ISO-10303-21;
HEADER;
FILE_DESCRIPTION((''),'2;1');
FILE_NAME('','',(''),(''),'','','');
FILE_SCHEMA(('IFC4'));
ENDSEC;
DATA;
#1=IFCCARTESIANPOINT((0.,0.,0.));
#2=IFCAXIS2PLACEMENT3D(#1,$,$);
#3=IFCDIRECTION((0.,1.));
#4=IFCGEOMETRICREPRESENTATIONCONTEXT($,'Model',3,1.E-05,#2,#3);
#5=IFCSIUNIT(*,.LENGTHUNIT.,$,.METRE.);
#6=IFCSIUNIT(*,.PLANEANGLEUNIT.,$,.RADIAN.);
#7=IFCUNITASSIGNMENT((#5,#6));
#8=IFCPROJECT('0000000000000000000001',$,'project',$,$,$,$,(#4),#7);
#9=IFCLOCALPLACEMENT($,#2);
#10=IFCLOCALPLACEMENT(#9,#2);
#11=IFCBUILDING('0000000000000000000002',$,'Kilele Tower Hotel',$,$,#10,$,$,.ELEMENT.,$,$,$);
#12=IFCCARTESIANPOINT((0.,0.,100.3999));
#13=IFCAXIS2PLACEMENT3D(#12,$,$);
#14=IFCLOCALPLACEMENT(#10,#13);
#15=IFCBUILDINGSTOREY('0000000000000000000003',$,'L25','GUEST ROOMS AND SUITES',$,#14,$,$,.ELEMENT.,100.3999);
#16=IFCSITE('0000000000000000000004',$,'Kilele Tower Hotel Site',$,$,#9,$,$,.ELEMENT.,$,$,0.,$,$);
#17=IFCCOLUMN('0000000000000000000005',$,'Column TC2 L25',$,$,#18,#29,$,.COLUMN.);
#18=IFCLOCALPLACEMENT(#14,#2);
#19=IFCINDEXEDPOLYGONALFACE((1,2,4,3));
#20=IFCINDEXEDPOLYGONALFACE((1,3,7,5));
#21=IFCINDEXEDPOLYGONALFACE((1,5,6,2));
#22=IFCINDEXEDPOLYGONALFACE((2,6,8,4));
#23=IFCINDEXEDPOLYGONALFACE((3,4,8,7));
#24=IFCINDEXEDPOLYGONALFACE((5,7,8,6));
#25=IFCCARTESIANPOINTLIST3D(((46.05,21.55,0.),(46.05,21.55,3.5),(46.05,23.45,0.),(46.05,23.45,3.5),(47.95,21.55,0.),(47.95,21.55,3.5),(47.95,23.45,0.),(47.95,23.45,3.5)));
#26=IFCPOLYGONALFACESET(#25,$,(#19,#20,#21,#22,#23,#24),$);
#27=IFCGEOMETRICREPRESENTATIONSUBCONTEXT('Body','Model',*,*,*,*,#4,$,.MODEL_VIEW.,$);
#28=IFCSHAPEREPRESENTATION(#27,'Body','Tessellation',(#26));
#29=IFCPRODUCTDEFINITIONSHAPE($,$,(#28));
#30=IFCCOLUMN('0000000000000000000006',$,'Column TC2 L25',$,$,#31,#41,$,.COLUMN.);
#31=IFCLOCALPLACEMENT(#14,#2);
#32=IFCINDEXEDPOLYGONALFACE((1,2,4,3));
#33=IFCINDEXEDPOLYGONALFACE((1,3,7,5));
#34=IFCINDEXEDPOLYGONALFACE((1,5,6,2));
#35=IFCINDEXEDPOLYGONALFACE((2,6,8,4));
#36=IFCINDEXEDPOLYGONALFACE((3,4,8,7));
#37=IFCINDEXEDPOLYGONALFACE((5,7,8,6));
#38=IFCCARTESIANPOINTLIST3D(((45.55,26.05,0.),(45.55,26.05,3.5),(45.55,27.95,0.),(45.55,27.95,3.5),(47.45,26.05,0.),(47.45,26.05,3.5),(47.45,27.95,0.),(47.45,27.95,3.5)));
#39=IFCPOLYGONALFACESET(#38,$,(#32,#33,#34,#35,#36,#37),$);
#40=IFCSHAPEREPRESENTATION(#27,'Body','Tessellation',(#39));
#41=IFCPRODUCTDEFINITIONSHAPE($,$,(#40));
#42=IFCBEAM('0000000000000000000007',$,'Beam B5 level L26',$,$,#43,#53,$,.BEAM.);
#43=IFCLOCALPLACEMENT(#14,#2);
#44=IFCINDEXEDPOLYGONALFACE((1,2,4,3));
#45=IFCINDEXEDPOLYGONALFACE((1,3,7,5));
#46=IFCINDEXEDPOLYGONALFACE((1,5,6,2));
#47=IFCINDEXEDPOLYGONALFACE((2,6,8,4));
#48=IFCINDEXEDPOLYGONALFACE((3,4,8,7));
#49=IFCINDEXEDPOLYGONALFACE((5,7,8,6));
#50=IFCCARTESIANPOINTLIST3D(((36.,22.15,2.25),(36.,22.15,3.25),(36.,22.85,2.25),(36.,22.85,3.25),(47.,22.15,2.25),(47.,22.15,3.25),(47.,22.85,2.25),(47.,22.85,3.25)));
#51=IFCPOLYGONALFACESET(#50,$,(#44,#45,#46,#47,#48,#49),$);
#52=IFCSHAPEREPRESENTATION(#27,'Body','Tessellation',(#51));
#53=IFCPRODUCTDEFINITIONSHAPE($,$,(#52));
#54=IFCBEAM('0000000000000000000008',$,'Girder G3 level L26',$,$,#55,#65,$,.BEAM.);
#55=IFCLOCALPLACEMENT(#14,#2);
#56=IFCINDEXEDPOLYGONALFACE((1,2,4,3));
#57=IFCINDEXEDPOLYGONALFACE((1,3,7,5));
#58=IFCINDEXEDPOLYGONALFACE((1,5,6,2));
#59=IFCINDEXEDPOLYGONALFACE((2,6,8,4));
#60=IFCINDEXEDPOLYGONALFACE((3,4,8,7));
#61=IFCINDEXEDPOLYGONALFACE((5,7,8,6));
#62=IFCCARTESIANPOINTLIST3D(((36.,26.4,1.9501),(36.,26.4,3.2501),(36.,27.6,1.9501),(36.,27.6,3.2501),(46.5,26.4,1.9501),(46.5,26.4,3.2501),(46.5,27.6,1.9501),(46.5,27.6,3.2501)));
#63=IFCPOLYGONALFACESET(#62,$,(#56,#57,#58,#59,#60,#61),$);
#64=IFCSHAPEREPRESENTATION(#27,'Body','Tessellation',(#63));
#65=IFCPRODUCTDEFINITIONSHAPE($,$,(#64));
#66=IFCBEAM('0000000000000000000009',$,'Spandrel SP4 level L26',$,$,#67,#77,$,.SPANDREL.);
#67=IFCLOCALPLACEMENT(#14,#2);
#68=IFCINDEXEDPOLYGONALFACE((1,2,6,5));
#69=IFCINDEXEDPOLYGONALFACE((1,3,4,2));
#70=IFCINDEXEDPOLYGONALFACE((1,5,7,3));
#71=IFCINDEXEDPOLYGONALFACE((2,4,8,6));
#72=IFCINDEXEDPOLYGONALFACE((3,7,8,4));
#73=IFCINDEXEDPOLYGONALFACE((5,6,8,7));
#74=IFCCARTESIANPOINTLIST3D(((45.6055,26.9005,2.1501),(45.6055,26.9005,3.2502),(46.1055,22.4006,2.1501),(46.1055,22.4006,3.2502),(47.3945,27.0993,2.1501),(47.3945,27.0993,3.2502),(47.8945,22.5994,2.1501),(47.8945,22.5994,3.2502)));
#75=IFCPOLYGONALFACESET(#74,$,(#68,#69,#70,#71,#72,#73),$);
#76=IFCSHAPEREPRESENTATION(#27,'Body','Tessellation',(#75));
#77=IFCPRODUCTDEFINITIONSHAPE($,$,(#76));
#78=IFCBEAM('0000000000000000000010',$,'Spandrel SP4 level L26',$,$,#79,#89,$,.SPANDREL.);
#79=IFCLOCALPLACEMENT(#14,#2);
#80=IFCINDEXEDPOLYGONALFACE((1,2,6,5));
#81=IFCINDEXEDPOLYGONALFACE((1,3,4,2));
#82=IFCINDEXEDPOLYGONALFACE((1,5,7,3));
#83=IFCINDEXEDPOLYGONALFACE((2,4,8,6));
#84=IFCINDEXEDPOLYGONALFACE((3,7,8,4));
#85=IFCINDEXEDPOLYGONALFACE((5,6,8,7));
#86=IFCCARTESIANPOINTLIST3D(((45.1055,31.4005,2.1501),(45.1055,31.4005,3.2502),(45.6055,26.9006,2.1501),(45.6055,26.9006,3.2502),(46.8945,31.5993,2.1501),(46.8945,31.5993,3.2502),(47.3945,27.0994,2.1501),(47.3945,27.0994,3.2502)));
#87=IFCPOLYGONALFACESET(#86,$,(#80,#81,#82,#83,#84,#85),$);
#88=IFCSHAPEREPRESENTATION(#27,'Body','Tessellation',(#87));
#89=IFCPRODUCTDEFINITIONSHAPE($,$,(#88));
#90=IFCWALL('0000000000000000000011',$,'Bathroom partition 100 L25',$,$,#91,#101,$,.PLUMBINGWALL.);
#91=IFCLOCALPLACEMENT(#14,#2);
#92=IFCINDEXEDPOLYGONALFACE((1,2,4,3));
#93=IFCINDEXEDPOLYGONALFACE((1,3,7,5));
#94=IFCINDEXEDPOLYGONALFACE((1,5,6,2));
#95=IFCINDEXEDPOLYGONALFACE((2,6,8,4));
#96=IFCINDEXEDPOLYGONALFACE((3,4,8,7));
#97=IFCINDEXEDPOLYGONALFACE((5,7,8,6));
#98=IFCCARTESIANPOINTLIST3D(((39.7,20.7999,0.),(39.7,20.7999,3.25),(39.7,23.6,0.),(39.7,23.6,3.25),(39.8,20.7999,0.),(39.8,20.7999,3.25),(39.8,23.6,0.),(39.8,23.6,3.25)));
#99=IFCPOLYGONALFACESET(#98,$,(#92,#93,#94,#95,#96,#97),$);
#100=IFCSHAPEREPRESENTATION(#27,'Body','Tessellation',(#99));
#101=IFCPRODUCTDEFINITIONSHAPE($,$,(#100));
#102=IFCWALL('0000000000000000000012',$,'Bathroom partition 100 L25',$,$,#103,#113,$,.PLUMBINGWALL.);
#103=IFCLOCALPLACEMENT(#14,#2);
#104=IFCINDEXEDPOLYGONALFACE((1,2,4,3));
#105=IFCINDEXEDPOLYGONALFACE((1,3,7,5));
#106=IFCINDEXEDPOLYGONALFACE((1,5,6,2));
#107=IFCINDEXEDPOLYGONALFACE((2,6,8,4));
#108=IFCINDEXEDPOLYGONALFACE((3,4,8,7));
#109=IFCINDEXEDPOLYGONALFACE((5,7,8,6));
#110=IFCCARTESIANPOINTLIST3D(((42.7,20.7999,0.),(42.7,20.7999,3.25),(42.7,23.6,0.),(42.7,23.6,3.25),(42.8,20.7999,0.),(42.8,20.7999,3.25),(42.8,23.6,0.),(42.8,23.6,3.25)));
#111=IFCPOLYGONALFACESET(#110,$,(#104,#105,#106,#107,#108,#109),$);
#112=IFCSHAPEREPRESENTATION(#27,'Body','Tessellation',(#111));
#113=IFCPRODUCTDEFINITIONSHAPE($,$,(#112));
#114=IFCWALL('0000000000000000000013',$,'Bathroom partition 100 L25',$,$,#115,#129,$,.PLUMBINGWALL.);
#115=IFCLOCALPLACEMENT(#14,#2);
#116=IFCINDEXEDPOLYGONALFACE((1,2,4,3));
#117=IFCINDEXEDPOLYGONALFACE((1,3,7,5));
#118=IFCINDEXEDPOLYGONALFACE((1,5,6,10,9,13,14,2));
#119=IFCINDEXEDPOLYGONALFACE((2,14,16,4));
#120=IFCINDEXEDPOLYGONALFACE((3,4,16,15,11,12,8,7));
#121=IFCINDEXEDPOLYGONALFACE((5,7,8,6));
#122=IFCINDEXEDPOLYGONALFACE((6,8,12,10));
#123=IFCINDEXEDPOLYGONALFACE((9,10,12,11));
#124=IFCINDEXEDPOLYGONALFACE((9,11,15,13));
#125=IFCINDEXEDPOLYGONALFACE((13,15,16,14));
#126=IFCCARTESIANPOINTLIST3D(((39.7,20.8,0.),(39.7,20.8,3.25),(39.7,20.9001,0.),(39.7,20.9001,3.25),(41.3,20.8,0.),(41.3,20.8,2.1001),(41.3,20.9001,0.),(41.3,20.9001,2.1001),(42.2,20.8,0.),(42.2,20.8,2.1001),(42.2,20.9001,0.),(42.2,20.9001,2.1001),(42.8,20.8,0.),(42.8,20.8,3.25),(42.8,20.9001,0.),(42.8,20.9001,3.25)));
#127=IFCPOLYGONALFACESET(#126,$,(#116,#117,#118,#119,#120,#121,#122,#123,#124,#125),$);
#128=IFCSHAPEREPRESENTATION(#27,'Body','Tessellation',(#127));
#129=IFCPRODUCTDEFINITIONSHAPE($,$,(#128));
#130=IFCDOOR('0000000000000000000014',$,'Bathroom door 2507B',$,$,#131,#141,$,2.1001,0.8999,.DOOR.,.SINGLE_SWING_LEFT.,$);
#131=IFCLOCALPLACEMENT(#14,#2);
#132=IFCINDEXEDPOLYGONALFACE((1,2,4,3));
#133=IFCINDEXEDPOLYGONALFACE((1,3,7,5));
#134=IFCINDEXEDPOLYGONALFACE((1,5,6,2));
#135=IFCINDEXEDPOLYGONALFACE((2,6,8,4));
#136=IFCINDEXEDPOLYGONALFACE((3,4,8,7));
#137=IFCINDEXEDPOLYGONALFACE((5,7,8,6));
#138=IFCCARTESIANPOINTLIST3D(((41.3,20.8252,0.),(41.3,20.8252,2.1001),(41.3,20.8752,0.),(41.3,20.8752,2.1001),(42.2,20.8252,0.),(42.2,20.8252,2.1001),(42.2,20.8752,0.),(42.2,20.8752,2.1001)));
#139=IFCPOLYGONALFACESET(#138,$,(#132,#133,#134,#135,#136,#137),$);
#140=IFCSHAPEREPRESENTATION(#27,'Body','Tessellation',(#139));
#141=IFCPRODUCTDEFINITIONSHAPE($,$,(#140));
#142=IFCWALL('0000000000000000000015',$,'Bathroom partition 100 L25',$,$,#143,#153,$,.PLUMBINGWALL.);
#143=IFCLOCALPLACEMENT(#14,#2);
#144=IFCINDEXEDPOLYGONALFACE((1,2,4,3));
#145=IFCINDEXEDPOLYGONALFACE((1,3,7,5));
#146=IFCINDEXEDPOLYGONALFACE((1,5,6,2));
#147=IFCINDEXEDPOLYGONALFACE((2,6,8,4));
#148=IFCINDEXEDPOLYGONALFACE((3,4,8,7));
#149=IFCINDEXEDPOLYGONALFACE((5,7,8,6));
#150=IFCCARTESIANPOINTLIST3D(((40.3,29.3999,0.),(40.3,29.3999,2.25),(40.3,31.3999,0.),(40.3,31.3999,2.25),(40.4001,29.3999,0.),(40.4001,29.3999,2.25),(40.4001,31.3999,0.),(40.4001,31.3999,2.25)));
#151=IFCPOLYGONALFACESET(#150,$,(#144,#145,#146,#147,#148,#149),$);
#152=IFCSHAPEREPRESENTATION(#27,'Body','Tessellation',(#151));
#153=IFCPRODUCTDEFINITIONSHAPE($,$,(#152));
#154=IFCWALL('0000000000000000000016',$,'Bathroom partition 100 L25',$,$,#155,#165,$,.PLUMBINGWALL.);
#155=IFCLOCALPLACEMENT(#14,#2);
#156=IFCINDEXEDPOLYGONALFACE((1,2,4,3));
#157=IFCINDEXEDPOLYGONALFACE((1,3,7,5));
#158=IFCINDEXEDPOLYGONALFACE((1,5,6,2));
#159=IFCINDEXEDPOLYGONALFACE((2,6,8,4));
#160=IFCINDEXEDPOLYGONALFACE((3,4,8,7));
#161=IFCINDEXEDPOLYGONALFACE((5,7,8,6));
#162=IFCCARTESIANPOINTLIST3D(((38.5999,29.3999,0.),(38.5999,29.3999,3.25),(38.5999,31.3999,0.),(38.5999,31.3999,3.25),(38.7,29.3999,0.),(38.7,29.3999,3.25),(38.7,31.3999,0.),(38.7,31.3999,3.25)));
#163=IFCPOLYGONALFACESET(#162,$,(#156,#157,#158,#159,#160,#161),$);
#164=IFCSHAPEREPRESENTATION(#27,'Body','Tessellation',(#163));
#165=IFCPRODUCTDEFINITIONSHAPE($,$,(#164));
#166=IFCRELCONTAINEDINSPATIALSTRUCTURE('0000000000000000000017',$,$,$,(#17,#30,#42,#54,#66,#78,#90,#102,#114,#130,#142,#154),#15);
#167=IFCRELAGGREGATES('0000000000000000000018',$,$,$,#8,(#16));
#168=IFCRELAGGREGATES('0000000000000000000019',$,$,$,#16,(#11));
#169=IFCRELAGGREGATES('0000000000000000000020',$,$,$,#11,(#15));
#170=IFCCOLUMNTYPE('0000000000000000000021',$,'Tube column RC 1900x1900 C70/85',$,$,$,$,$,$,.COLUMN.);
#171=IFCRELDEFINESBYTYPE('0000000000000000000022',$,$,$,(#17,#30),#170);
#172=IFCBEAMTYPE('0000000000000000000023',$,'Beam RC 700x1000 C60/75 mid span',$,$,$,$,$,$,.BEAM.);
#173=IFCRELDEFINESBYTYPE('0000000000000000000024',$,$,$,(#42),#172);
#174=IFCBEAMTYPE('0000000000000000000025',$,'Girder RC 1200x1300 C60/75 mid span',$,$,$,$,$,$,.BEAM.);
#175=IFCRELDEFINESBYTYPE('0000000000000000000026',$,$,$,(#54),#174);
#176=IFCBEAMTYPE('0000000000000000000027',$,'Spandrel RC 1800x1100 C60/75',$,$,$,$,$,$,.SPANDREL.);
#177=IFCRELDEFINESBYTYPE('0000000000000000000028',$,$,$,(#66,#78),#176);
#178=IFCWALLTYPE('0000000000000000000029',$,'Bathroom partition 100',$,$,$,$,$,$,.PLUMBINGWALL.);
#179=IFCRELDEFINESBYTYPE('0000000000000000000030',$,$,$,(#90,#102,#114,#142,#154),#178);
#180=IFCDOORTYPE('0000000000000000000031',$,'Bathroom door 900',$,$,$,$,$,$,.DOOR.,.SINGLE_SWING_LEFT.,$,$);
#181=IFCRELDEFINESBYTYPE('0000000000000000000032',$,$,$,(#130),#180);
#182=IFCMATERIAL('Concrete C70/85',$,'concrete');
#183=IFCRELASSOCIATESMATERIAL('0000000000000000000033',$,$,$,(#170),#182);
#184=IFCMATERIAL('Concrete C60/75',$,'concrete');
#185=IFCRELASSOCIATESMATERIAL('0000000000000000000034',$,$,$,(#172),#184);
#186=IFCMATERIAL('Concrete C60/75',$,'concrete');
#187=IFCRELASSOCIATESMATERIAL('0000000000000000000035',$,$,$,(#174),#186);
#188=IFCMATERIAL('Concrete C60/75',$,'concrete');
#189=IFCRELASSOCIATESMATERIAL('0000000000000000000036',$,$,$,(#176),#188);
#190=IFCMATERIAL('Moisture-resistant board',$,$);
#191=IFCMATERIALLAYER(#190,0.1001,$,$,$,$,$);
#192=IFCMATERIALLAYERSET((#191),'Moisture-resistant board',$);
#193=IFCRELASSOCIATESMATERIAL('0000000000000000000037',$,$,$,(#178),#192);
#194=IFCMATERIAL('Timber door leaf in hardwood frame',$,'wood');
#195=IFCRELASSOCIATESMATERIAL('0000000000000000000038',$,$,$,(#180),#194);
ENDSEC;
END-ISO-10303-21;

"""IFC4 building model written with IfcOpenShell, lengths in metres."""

from ifc_helpers import new_model, si_unit, direction, frame, frame_2d, origin, origin_2d, place, context, subcontext, project, spatial, rectangle, extrude, material, layer, layer_set, material_profile, profile_set, type_object, element, fill, save


model = new_model("IFC4")

# Units and contexts
model_context = context("Model", 3, precision=1e-05, world=origin(), true_north=direction((0.0, 1.0)))
body_context = subcontext(model_context, "Body", "Model", "MODEL_VIEW")
ifc_project = project(units=[si_unit("LENGTHUNIT", "METRE"), si_unit("PLANEANGLEUNIT", "RADIAN")], contexts=[model_context])

# Site, building, storey
site_placement = place(None, origin())
site = spatial("IfcSite", under=ifc_project, at=site_placement, Name="Kilele Tower Hotel Site", CompositionType="ELEMENT", RefElevation=0.0)
building_placement = place(site_placement, origin())
building = spatial("IfcBuilding", under=site, at=building_placement, Name="Kilele Tower Hotel", CompositionType="ELEMENT")
storey_placement = place(building_placement, frame((0.0, 0.0, 100.3999)))
storey = spatial("IfcBuildingStorey", under=building, at=storey_placement, Name="L25", Description="GUEST ROOMS AND SUITES", CompositionType="ELEMENT", Elevation=100.3999)

# Columns
ifc_material_1 = material(Name="Concrete C70/85", Category="concrete")
ifc_material_profile_1 = material_profile(ifc_material_1, rectangle(XDim=1.8999, YDim=1.8999, at=origin_2d()))
ifc_profile_set_1 = profile_set([ifc_material_profile_1], Name="Concrete C70/85")
column_type = type_object("IfcColumnType", Name="Tube column RC 1900x1900 C70/85", PredefinedType="COLUMN", material=ifc_profile_set_1)
for number, where, z_axis, x_axis, name in (
    (1, (47.0, 22.5, 0.0), (0.0, 0.0, 1.0), (1.0, 0.0, 0.0), "Column TC2 L25"),
    (2, (46.5, 27.0, 0.0), (0.0, 0.0, 1.0), (1.0, 0.0, 0.0), "Column TC2 L25"),
):
    element("IfcColumn", number, at=place(storey_placement, frame(where, z_axis=z_axis, x_axis=x_axis)), inside=storey, type_object=column_type, Name=name, PredefinedType="COLUMN", context=body_context, shape_type="SweptSolid", body=[
        extrude(rectangle(XDim=1.8999, YDim=1.8999, at=origin_2d()), origin(), (0.0, 0.0, 1.0), 3.5),
    ])

# Beams
ifc_material_2 = material(Name="Concrete C60/75", Category="concrete")
ifc_material_profile_2 = material_profile(ifc_material_2, rectangle(XDim=0.7, YDim=1.0, at=origin_2d()))
ifc_profile_set_2 = profile_set([ifc_material_profile_2], Name="Concrete C60/75")
beam_type_1 = type_object("IfcBeamType", Name="Beam RC 700x1000 C60/75 mid span", PredefinedType="BEAM", material=ifc_profile_set_2)
beam_1_placement = place(storey_placement, frame((47.0, 22.5, 2.75), z_axis=(-1.0, 0.0, 0.0), x_axis=(0.0, -1.0, 0.0)))
element("IfcBeam", 3, at=beam_1_placement, inside=storey, type_object=beam_type_1, Name="Beam B5 level L26", PredefinedType="BEAM", context=body_context, shape_type="SweptSolid", body=[
    extrude(rectangle(XDim=0.7, YDim=1.0, at=origin_2d()), origin(), (0.0, 0.0, 1.0), 11.0),
])
ifc_material_3 = material(Name="Concrete C60/75", Category="concrete")
ifc_material_profile_3 = material_profile(ifc_material_3, rectangle(XDim=1.2, YDim=1.3, at=origin_2d()))
ifc_profile_set_3 = profile_set([ifc_material_profile_3], Name="Concrete C60/75")
beam_type_2 = type_object("IfcBeamType", Name="Girder RC 1200x1300 C60/75 mid span", PredefinedType="BEAM", material=ifc_profile_set_3)
beam_2_placement = place(storey_placement, frame((46.5, 27.0, 2.6001), z_axis=(-1.0, 0.0, 0.0), x_axis=(0.0, -1.0, 0.0)))
element("IfcBeam", 4, at=beam_2_placement, inside=storey, type_object=beam_type_2, Name="Girder G3 level L26", PredefinedType="BEAM", context=body_context, shape_type="SweptSolid", body=[
    extrude(rectangle(XDim=1.2, YDim=1.3, at=origin_2d()), origin(), (0.0, 0.0, 1.0), 10.5),
])
ifc_material_4 = material(Name="Concrete C60/75", Category="concrete")
ifc_material_profile_4 = material_profile(ifc_material_4, rectangle(XDim=1.8, YDim=1.1001, at=origin_2d()))
ifc_profile_set_4 = profile_set([ifc_material_profile_4], Name="Concrete C60/75")
beam_type_3 = type_object("IfcBeamType", Name="Spandrel RC 1800x1100 C60/75", PredefinedType="SPANDREL", material=ifc_profile_set_4)
for number, where, z_axis, x_axis, name in (
    (5, (47.0, 22.5, 2.7002), (-0.110432, 0.993884, 0.0), (-0.993884, -0.110432, 0.0), "Spandrel SP4 level L26"),
    (6, (46.5, 27.0, 2.7002), (-0.110432, 0.993884, 0.0), (-0.993884, -0.110432, 0.0), "Spandrel SP4 level L26"),
):
    element("IfcBeam", number, at=place(storey_placement, frame(where, z_axis=z_axis, x_axis=x_axis)), inside=storey, type_object=beam_type_3, Name=name, PredefinedType="SPANDREL", context=body_context, shape_type="SweptSolid", body=[
        extrude(rectangle(XDim=1.8, YDim=1.1001, at=origin_2d()), origin(), (0.0, 0.0, 1.0), 4.5276),
    ])

# Walls
ifc_material_5 = material(Name="Moisture-resistant board")
ifc_layer_1 = layer(ifc_material_5, 0.1001)
ifc_layer_set_1 = layer_set([ifc_layer_1], Name="Moisture-resistant board")
wall_type_1 = type_object("IfcWallType", Name="Bathroom partition 100", PredefinedType="PLUMBINGWALL", material=ifc_layer_set_1)
for number, where, z_axis, x_axis, name in (
    (7, (39.75, 20.8, 0.0), (0.0, 0.0, 1.0), (0.0, 1.0, 0.0), "Bathroom partition 100 L25"),
    (8, (42.75, 20.8, 0.0), (0.0, 0.0, 1.0), (0.0, 1.0, 0.0), "Bathroom partition 100 L25"),
):
    element("IfcWall", number, at=place(storey_placement, frame(where, z_axis=z_axis, x_axis=x_axis)), inside=storey, type_object=wall_type_1, Name=name, PredefinedType="PLUMBINGWALL", context=body_context, shape_type="SweptSolid", body=[
        extrude(rectangle(XDim=2.8, YDim=0.1001, at=frame_2d((1.3999, 0.0))), origin(), (0.0, 0.0, 1.0), 3.25),
    ])

# Wall, opening, door
wall_1_placement = place(storey_placement, frame((39.7, 20.8501, 0.0), z_axis=(0.0, 0.0, 1.0), x_axis=(1.0, 0.0, 0.0)))
wall_1 = element("IfcWall", 9, at=wall_1_placement, inside=storey, type_object=wall_type_1, Name="Bathroom partition 100 L25", PredefinedType="PLUMBINGWALL", context=body_context, shape_type="SweptSolid", body=[
    extrude(rectangle(XDim=3.1001, YDim=0.1001, at=frame_2d((1.55, 0.0))), origin(), (0.0, 0.0, 1.0), 3.25),
])
opening_1_placement = place(wall_1_placement, frame((2.5, 0.0, 0.0), z_axis=(0.0, 0.0, 1.0), x_axis=(-1.0, 0.0, 0.0)))
opening_1 = element("IfcOpeningElement", 10, at=opening_1_placement, cuts=wall_1, PredefinedType="OPENING", context=body_context, shape_type="SweptSolid", body=[
    extrude(rectangle(XDim=0.8999, YDim=2.1001, at=frame_2d((0.45, 1.05))), frame((0.0, 0.0601, 0.0), z_axis=(0.0, -1.0, 0.0), x_axis=(1.0, 0.0, 0.0)), (0.0, 0.0, 1.0), 0.1201),
])
ifc_material_6 = material(Name="Timber door leaf in hardwood frame", Category="wood")
door_type_1 = type_object("IfcDoorType", Name="Bathroom door 900", OperationType="SINGLE_SWING_LEFT", PredefinedType="DOOR", material=ifc_material_6)
door_1_placement = place(opening_1_placement, origin())
door_1 = element("IfcDoor", 11, at=door_1_placement, inside=storey, type_object=door_type_1, Name="Bathroom door 2507B", OperationType="SINGLE_SWING_LEFT", OverallHeight=2.1001, OverallWidth=0.8999, PredefinedType="DOOR", context=body_context, shape_type="SweptSolid", body=[
    extrude(rectangle(XDim=0.8999, YDim=2.1001, at=frame_2d((0.45, 1.05))), frame((0.0, 0.0249, 0.0), z_axis=(0.0, -1.0, 0.0), x_axis=(1.0, 0.0, 0.0)), (0.0, 0.0, 1.0), 0.05),
])
fill(opening_1, door_1)

# Walls
wall_2_placement = place(storey_placement, frame((40.3501, 31.3999, 0.0), z_axis=(0.0, 0.0, 1.0), x_axis=(0.0, -1.0, 0.0)))
element("IfcWall", 12, at=wall_2_placement, inside=storey, type_object=wall_type_1, Name="Bathroom partition 100 L25", PredefinedType="PLUMBINGWALL", context=body_context, shape_type="SweptSolid", body=[
    extrude(rectangle(XDim=2.0, YDim=0.1001, at=frame_2d((1.0, 0.0))), origin(), (0.0, 0.0, 1.0), 2.25),
])
wall_3_placement = place(storey_placement, frame((38.6499, 31.3999, 0.0), z_axis=(0.0, 0.0, 1.0), x_axis=(0.0, -1.0, 0.0)))
element("IfcWall", 13, at=wall_3_placement, inside=storey, type_object=wall_type_1, Name="Bathroom partition 100 L25", PredefinedType="PLUMBINGWALL", context=body_context, shape_type="SweptSolid", body=[
    extrude(rectangle(XDim=2.0, YDim=0.1001, at=frame_2d((1.0, 0.0))), origin(), (0.0, 0.0, 1.0), 3.25),
])

save(model, "model.ifc")
